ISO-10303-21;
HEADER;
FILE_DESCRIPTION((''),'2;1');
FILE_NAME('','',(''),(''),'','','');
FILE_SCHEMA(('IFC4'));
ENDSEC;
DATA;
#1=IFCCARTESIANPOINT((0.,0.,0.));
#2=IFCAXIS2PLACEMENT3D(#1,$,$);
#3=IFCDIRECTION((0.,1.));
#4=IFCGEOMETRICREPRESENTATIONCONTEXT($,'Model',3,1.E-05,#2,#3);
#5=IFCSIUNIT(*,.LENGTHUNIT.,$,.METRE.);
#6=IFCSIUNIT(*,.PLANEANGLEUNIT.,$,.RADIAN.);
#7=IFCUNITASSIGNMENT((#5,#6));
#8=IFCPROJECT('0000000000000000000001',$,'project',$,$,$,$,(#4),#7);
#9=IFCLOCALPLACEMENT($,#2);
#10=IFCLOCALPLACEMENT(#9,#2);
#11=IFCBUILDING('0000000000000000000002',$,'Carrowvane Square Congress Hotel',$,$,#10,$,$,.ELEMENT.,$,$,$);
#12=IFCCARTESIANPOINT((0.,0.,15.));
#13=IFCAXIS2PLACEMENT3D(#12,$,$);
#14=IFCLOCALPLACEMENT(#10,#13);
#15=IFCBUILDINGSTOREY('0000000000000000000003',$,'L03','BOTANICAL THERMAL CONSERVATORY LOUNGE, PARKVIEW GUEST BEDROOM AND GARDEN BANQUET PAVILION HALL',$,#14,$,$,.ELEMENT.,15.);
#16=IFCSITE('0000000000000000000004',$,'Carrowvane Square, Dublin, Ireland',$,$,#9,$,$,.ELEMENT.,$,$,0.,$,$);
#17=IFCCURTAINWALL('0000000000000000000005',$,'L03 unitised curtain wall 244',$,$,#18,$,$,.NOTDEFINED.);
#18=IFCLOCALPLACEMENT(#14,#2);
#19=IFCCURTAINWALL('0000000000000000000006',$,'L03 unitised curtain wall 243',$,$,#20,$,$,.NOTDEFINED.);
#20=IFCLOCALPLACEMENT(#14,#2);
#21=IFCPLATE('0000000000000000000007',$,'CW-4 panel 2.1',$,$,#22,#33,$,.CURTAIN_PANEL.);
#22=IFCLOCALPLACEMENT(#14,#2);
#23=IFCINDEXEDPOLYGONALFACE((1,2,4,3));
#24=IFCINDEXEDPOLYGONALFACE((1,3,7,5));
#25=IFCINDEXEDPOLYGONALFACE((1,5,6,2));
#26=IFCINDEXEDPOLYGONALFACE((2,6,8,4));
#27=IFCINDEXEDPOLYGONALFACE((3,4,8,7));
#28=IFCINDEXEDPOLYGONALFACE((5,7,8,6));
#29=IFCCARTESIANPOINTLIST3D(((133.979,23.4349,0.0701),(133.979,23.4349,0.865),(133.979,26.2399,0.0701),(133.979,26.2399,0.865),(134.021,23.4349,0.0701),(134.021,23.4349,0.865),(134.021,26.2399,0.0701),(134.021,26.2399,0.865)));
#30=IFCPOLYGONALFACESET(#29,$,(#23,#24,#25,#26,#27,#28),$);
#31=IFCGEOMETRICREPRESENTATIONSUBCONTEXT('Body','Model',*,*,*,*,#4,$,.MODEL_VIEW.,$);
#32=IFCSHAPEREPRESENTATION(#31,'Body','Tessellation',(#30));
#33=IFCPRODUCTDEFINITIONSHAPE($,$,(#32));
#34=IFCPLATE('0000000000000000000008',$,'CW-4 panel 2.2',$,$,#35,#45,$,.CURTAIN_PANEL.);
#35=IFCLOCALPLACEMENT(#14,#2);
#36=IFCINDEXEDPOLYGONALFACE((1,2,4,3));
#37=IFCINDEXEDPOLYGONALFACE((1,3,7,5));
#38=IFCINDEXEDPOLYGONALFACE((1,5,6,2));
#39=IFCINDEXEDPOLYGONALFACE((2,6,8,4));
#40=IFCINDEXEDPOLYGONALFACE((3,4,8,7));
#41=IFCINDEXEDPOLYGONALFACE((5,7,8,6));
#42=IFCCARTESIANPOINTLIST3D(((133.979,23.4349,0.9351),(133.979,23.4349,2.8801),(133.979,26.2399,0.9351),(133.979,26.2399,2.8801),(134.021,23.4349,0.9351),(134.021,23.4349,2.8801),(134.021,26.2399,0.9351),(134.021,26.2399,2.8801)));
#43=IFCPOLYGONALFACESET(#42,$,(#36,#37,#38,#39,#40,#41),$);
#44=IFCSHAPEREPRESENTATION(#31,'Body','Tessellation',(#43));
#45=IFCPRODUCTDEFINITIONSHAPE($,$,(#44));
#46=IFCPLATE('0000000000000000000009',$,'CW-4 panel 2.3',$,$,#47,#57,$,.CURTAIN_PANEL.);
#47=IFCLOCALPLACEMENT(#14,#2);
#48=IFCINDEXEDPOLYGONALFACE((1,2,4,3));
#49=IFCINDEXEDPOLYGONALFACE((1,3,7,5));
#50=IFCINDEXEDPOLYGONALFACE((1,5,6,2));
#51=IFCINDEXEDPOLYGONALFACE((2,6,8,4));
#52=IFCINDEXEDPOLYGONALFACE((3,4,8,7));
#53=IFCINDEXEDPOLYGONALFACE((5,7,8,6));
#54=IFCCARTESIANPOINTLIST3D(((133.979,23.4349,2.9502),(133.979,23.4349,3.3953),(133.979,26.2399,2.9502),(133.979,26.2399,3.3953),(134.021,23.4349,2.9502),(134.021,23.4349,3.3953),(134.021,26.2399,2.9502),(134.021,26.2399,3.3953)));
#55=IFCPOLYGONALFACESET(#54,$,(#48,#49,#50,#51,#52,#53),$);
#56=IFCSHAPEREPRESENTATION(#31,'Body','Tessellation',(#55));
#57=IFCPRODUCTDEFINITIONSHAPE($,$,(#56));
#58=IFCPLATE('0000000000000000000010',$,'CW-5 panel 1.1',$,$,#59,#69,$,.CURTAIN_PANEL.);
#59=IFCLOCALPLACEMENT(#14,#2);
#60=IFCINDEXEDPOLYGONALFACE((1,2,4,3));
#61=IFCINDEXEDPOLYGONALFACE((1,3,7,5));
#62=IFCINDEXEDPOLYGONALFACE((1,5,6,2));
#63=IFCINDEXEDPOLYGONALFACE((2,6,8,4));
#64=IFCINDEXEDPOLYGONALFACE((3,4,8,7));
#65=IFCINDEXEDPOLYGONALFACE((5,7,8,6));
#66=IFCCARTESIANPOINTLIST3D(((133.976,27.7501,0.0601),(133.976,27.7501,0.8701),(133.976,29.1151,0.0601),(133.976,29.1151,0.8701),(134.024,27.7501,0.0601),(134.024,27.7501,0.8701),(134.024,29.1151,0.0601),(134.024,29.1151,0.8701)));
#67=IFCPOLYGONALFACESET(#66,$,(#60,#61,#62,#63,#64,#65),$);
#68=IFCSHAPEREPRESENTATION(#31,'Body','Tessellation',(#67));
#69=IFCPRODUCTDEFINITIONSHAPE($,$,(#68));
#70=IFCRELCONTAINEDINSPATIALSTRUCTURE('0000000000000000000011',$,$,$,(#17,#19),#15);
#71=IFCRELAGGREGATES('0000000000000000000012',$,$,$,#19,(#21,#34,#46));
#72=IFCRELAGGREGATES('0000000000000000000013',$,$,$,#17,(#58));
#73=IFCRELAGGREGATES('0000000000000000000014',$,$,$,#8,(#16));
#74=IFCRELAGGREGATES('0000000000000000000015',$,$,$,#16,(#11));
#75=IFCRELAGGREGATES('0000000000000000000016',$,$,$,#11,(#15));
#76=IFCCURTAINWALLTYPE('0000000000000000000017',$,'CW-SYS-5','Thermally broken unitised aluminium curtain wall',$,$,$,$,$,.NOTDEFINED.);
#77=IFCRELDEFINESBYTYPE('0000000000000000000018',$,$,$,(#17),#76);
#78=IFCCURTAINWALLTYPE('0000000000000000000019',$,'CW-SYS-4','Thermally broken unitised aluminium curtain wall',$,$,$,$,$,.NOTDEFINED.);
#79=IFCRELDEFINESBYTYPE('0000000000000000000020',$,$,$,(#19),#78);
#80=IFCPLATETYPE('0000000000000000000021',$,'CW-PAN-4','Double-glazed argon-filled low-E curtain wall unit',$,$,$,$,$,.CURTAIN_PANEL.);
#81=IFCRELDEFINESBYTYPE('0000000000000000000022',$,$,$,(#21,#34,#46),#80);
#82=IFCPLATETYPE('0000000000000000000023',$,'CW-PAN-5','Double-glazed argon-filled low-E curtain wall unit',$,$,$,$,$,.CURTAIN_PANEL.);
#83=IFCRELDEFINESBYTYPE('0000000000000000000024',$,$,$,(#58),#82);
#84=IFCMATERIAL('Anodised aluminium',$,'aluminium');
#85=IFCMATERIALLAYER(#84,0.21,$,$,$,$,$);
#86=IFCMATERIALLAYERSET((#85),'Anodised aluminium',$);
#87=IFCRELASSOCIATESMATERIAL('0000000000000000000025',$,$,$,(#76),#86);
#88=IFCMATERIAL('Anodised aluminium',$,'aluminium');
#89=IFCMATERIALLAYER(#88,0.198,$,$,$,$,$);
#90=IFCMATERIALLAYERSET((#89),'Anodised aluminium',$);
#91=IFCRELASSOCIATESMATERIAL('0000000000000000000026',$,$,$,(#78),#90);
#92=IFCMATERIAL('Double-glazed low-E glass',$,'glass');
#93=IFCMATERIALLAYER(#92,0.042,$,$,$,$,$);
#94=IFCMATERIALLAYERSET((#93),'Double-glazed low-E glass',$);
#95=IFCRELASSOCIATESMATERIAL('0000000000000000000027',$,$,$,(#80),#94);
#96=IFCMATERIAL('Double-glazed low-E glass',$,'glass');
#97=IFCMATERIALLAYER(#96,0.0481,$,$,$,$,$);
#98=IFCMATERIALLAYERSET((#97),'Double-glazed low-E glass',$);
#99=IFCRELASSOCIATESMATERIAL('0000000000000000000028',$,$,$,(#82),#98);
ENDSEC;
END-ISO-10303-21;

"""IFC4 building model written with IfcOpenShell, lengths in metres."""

from ifc_helpers import new_model, si_unit, direction, frame, origin, origin_2d, place, context, subcontext, project, spatial, rectangle, extrude, material, layer, layer_set, type_object, element, aggregate, save


model = new_model("IFC4")

# Units and contexts
model_context = context("Model", 3, precision=1e-05, world=origin(), true_north=direction((0.0, 1.0)))
body_context = subcontext(model_context, "Body", "Model", "MODEL_VIEW")
ifc_project = project(units=[si_unit("LENGTHUNIT", "METRE"), si_unit("PLANEANGLEUNIT", "RADIAN")], contexts=[model_context])

# Site, building, storey
site_placement = place(None, origin())
site = spatial("IfcSite", under=ifc_project, at=site_placement, Name="Carrowvane Square, Dublin, Ireland", CompositionType="ELEMENT", RefElevation=0.0)
building_placement = place(site_placement, origin())
building = spatial("IfcBuilding", under=site, at=building_placement, Name="Carrowvane Square Congress Hotel", CompositionType="ELEMENT")
storey_placement = place(building_placement, frame((0.0, 0.0, 15.0)))
storey = spatial("IfcBuildingStorey", under=building, at=storey_placement, Name="L03", Description="BOTANICAL THERMAL CONSERVATORY LOUNGE, PARKVIEW GUEST BEDROOM AND GARDEN BANQUET PAVILION HALL", CompositionType="ELEMENT", Elevation=15.0)

# Curtain wall
ifc_material_1 = material(Name="Anodised aluminium", Category="aluminium")
ifc_layer_1 = layer(ifc_material_1, 0.21)
ifc_layer_set_1 = layer_set([ifc_layer_1], Name="Anodised aluminium")
curtain_wall_type_1 = type_object("IfcCurtainWallType", Name="CW-SYS-5", Description="Thermally broken unitised aluminium curtain wall", PredefinedType="NOTDEFINED", material=ifc_layer_set_1)
curtain_wall_1_placement = place(storey_placement, origin())
curtain_wall_1 = element("IfcCurtainWall", 1, at=curtain_wall_1_placement, inside=storey, type_object=curtain_wall_type_1, Name="L03 unitised curtain wall 244", PredefinedType="NOTDEFINED")

# Curtain wall
ifc_material_2 = material(Name="Anodised aluminium", Category="aluminium")
ifc_layer_2 = layer(ifc_material_2, 0.198)
ifc_layer_set_2 = layer_set([ifc_layer_2], Name="Anodised aluminium")
curtain_wall_type_2 = type_object("IfcCurtainWallType", Name="CW-SYS-4", Description="Thermally broken unitised aluminium curtain wall", PredefinedType="NOTDEFINED", material=ifc_layer_set_2)
curtain_wall_2_placement = place(storey_placement, origin())
curtain_wall_2 = element("IfcCurtainWall", 2, at=curtain_wall_2_placement, inside=storey, type_object=curtain_wall_type_2, Name="L03 unitised curtain wall 243", PredefinedType="NOTDEFINED")

# Plates
ifc_material_3 = material(Name="Double-glazed low-E glass", Category="glass")
ifc_layer_3 = layer(ifc_material_3, 0.042)
ifc_layer_set_3 = layer_set([ifc_layer_3], Name="Double-glazed low-E glass")
plate_type_1 = type_object("IfcPlateType", Name="CW-PAN-4", Description="Double-glazed argon-filled low-E curtain wall unit", PredefinedType="CURTAIN_PANEL", material=ifc_layer_set_3)
plate_1_placement = place(storey_placement, frame((134.0, 24.8374, 0.0701), z_axis=(0.0, 0.0, 1.0), x_axis=(0.0, 1.0, 0.0)))
plate_1 = element("IfcPlate", 3, at=plate_1_placement, type_object=plate_type_1, Name="CW-4 panel 2.1", PredefinedType="CURTAIN_PANEL", context=body_context, shape_type="SweptSolid", body=[
    extrude(rectangle(XDim=2.8049, YDim=0.042, at=origin_2d()), origin(), (0.0, 0.0, 1.0), 0.7949),
])
plate_2_placement = place(storey_placement, frame((134.0, 24.8374, 0.9351), z_axis=(0.0, 0.0, 1.0), x_axis=(0.0, 1.0, 0.0)))
plate_2 = element("IfcPlate", 4, at=plate_2_placement, type_object=plate_type_1, Name="CW-4 panel 2.2", PredefinedType="CURTAIN_PANEL", context=body_context, shape_type="SweptSolid", body=[
    extrude(rectangle(XDim=2.8049, YDim=0.042, at=origin_2d()), origin(), (0.0, 0.0, 1.0), 1.9451),
])
plate_3_placement = place(storey_placement, frame((134.0, 24.8374, 2.9502), z_axis=(0.0, 0.0, 1.0), x_axis=(0.0, 1.0, 0.0)))
plate_3 = element("IfcPlate", 5, at=plate_3_placement, type_object=plate_type_1, Name="CW-4 panel 2.3", PredefinedType="CURTAIN_PANEL", context=body_context, shape_type="SweptSolid", body=[
    extrude(rectangle(XDim=2.8049, YDim=0.042, at=origin_2d()), origin(), (0.0, 0.0, 1.0), 0.4451),
])
aggregate(curtain_wall_2, [plate_1, plate_2, plate_3])
ifc_material_4 = material(Name="Double-glazed low-E glass", Category="glass")
ifc_layer_4 = layer(ifc_material_4, 0.0481)
ifc_layer_set_4 = layer_set([ifc_layer_4], Name="Double-glazed low-E glass")
plate_type_2 = type_object("IfcPlateType", Name="CW-PAN-5", Description="Double-glazed argon-filled low-E curtain wall unit", PredefinedType="CURTAIN_PANEL", material=ifc_layer_set_4)
plate_4_placement = place(storey_placement, frame((134.0, 28.4326, 0.0601), z_axis=(0.0, 0.0, 1.0), x_axis=(0.0, 1.0, 0.0)))
plate_4 = element("IfcPlate", 6, at=plate_4_placement, type_object=plate_type_2, Name="CW-5 panel 1.1", PredefinedType="CURTAIN_PANEL", context=body_context, shape_type="SweptSolid", body=[
    extrude(rectangle(XDim=1.365, YDim=0.0481, at=origin_2d()), origin(), (0.0, 0.0, 1.0), 0.8101),
])
aggregate(curtain_wall_1, [plate_4])

save(model, "model.ifc")
